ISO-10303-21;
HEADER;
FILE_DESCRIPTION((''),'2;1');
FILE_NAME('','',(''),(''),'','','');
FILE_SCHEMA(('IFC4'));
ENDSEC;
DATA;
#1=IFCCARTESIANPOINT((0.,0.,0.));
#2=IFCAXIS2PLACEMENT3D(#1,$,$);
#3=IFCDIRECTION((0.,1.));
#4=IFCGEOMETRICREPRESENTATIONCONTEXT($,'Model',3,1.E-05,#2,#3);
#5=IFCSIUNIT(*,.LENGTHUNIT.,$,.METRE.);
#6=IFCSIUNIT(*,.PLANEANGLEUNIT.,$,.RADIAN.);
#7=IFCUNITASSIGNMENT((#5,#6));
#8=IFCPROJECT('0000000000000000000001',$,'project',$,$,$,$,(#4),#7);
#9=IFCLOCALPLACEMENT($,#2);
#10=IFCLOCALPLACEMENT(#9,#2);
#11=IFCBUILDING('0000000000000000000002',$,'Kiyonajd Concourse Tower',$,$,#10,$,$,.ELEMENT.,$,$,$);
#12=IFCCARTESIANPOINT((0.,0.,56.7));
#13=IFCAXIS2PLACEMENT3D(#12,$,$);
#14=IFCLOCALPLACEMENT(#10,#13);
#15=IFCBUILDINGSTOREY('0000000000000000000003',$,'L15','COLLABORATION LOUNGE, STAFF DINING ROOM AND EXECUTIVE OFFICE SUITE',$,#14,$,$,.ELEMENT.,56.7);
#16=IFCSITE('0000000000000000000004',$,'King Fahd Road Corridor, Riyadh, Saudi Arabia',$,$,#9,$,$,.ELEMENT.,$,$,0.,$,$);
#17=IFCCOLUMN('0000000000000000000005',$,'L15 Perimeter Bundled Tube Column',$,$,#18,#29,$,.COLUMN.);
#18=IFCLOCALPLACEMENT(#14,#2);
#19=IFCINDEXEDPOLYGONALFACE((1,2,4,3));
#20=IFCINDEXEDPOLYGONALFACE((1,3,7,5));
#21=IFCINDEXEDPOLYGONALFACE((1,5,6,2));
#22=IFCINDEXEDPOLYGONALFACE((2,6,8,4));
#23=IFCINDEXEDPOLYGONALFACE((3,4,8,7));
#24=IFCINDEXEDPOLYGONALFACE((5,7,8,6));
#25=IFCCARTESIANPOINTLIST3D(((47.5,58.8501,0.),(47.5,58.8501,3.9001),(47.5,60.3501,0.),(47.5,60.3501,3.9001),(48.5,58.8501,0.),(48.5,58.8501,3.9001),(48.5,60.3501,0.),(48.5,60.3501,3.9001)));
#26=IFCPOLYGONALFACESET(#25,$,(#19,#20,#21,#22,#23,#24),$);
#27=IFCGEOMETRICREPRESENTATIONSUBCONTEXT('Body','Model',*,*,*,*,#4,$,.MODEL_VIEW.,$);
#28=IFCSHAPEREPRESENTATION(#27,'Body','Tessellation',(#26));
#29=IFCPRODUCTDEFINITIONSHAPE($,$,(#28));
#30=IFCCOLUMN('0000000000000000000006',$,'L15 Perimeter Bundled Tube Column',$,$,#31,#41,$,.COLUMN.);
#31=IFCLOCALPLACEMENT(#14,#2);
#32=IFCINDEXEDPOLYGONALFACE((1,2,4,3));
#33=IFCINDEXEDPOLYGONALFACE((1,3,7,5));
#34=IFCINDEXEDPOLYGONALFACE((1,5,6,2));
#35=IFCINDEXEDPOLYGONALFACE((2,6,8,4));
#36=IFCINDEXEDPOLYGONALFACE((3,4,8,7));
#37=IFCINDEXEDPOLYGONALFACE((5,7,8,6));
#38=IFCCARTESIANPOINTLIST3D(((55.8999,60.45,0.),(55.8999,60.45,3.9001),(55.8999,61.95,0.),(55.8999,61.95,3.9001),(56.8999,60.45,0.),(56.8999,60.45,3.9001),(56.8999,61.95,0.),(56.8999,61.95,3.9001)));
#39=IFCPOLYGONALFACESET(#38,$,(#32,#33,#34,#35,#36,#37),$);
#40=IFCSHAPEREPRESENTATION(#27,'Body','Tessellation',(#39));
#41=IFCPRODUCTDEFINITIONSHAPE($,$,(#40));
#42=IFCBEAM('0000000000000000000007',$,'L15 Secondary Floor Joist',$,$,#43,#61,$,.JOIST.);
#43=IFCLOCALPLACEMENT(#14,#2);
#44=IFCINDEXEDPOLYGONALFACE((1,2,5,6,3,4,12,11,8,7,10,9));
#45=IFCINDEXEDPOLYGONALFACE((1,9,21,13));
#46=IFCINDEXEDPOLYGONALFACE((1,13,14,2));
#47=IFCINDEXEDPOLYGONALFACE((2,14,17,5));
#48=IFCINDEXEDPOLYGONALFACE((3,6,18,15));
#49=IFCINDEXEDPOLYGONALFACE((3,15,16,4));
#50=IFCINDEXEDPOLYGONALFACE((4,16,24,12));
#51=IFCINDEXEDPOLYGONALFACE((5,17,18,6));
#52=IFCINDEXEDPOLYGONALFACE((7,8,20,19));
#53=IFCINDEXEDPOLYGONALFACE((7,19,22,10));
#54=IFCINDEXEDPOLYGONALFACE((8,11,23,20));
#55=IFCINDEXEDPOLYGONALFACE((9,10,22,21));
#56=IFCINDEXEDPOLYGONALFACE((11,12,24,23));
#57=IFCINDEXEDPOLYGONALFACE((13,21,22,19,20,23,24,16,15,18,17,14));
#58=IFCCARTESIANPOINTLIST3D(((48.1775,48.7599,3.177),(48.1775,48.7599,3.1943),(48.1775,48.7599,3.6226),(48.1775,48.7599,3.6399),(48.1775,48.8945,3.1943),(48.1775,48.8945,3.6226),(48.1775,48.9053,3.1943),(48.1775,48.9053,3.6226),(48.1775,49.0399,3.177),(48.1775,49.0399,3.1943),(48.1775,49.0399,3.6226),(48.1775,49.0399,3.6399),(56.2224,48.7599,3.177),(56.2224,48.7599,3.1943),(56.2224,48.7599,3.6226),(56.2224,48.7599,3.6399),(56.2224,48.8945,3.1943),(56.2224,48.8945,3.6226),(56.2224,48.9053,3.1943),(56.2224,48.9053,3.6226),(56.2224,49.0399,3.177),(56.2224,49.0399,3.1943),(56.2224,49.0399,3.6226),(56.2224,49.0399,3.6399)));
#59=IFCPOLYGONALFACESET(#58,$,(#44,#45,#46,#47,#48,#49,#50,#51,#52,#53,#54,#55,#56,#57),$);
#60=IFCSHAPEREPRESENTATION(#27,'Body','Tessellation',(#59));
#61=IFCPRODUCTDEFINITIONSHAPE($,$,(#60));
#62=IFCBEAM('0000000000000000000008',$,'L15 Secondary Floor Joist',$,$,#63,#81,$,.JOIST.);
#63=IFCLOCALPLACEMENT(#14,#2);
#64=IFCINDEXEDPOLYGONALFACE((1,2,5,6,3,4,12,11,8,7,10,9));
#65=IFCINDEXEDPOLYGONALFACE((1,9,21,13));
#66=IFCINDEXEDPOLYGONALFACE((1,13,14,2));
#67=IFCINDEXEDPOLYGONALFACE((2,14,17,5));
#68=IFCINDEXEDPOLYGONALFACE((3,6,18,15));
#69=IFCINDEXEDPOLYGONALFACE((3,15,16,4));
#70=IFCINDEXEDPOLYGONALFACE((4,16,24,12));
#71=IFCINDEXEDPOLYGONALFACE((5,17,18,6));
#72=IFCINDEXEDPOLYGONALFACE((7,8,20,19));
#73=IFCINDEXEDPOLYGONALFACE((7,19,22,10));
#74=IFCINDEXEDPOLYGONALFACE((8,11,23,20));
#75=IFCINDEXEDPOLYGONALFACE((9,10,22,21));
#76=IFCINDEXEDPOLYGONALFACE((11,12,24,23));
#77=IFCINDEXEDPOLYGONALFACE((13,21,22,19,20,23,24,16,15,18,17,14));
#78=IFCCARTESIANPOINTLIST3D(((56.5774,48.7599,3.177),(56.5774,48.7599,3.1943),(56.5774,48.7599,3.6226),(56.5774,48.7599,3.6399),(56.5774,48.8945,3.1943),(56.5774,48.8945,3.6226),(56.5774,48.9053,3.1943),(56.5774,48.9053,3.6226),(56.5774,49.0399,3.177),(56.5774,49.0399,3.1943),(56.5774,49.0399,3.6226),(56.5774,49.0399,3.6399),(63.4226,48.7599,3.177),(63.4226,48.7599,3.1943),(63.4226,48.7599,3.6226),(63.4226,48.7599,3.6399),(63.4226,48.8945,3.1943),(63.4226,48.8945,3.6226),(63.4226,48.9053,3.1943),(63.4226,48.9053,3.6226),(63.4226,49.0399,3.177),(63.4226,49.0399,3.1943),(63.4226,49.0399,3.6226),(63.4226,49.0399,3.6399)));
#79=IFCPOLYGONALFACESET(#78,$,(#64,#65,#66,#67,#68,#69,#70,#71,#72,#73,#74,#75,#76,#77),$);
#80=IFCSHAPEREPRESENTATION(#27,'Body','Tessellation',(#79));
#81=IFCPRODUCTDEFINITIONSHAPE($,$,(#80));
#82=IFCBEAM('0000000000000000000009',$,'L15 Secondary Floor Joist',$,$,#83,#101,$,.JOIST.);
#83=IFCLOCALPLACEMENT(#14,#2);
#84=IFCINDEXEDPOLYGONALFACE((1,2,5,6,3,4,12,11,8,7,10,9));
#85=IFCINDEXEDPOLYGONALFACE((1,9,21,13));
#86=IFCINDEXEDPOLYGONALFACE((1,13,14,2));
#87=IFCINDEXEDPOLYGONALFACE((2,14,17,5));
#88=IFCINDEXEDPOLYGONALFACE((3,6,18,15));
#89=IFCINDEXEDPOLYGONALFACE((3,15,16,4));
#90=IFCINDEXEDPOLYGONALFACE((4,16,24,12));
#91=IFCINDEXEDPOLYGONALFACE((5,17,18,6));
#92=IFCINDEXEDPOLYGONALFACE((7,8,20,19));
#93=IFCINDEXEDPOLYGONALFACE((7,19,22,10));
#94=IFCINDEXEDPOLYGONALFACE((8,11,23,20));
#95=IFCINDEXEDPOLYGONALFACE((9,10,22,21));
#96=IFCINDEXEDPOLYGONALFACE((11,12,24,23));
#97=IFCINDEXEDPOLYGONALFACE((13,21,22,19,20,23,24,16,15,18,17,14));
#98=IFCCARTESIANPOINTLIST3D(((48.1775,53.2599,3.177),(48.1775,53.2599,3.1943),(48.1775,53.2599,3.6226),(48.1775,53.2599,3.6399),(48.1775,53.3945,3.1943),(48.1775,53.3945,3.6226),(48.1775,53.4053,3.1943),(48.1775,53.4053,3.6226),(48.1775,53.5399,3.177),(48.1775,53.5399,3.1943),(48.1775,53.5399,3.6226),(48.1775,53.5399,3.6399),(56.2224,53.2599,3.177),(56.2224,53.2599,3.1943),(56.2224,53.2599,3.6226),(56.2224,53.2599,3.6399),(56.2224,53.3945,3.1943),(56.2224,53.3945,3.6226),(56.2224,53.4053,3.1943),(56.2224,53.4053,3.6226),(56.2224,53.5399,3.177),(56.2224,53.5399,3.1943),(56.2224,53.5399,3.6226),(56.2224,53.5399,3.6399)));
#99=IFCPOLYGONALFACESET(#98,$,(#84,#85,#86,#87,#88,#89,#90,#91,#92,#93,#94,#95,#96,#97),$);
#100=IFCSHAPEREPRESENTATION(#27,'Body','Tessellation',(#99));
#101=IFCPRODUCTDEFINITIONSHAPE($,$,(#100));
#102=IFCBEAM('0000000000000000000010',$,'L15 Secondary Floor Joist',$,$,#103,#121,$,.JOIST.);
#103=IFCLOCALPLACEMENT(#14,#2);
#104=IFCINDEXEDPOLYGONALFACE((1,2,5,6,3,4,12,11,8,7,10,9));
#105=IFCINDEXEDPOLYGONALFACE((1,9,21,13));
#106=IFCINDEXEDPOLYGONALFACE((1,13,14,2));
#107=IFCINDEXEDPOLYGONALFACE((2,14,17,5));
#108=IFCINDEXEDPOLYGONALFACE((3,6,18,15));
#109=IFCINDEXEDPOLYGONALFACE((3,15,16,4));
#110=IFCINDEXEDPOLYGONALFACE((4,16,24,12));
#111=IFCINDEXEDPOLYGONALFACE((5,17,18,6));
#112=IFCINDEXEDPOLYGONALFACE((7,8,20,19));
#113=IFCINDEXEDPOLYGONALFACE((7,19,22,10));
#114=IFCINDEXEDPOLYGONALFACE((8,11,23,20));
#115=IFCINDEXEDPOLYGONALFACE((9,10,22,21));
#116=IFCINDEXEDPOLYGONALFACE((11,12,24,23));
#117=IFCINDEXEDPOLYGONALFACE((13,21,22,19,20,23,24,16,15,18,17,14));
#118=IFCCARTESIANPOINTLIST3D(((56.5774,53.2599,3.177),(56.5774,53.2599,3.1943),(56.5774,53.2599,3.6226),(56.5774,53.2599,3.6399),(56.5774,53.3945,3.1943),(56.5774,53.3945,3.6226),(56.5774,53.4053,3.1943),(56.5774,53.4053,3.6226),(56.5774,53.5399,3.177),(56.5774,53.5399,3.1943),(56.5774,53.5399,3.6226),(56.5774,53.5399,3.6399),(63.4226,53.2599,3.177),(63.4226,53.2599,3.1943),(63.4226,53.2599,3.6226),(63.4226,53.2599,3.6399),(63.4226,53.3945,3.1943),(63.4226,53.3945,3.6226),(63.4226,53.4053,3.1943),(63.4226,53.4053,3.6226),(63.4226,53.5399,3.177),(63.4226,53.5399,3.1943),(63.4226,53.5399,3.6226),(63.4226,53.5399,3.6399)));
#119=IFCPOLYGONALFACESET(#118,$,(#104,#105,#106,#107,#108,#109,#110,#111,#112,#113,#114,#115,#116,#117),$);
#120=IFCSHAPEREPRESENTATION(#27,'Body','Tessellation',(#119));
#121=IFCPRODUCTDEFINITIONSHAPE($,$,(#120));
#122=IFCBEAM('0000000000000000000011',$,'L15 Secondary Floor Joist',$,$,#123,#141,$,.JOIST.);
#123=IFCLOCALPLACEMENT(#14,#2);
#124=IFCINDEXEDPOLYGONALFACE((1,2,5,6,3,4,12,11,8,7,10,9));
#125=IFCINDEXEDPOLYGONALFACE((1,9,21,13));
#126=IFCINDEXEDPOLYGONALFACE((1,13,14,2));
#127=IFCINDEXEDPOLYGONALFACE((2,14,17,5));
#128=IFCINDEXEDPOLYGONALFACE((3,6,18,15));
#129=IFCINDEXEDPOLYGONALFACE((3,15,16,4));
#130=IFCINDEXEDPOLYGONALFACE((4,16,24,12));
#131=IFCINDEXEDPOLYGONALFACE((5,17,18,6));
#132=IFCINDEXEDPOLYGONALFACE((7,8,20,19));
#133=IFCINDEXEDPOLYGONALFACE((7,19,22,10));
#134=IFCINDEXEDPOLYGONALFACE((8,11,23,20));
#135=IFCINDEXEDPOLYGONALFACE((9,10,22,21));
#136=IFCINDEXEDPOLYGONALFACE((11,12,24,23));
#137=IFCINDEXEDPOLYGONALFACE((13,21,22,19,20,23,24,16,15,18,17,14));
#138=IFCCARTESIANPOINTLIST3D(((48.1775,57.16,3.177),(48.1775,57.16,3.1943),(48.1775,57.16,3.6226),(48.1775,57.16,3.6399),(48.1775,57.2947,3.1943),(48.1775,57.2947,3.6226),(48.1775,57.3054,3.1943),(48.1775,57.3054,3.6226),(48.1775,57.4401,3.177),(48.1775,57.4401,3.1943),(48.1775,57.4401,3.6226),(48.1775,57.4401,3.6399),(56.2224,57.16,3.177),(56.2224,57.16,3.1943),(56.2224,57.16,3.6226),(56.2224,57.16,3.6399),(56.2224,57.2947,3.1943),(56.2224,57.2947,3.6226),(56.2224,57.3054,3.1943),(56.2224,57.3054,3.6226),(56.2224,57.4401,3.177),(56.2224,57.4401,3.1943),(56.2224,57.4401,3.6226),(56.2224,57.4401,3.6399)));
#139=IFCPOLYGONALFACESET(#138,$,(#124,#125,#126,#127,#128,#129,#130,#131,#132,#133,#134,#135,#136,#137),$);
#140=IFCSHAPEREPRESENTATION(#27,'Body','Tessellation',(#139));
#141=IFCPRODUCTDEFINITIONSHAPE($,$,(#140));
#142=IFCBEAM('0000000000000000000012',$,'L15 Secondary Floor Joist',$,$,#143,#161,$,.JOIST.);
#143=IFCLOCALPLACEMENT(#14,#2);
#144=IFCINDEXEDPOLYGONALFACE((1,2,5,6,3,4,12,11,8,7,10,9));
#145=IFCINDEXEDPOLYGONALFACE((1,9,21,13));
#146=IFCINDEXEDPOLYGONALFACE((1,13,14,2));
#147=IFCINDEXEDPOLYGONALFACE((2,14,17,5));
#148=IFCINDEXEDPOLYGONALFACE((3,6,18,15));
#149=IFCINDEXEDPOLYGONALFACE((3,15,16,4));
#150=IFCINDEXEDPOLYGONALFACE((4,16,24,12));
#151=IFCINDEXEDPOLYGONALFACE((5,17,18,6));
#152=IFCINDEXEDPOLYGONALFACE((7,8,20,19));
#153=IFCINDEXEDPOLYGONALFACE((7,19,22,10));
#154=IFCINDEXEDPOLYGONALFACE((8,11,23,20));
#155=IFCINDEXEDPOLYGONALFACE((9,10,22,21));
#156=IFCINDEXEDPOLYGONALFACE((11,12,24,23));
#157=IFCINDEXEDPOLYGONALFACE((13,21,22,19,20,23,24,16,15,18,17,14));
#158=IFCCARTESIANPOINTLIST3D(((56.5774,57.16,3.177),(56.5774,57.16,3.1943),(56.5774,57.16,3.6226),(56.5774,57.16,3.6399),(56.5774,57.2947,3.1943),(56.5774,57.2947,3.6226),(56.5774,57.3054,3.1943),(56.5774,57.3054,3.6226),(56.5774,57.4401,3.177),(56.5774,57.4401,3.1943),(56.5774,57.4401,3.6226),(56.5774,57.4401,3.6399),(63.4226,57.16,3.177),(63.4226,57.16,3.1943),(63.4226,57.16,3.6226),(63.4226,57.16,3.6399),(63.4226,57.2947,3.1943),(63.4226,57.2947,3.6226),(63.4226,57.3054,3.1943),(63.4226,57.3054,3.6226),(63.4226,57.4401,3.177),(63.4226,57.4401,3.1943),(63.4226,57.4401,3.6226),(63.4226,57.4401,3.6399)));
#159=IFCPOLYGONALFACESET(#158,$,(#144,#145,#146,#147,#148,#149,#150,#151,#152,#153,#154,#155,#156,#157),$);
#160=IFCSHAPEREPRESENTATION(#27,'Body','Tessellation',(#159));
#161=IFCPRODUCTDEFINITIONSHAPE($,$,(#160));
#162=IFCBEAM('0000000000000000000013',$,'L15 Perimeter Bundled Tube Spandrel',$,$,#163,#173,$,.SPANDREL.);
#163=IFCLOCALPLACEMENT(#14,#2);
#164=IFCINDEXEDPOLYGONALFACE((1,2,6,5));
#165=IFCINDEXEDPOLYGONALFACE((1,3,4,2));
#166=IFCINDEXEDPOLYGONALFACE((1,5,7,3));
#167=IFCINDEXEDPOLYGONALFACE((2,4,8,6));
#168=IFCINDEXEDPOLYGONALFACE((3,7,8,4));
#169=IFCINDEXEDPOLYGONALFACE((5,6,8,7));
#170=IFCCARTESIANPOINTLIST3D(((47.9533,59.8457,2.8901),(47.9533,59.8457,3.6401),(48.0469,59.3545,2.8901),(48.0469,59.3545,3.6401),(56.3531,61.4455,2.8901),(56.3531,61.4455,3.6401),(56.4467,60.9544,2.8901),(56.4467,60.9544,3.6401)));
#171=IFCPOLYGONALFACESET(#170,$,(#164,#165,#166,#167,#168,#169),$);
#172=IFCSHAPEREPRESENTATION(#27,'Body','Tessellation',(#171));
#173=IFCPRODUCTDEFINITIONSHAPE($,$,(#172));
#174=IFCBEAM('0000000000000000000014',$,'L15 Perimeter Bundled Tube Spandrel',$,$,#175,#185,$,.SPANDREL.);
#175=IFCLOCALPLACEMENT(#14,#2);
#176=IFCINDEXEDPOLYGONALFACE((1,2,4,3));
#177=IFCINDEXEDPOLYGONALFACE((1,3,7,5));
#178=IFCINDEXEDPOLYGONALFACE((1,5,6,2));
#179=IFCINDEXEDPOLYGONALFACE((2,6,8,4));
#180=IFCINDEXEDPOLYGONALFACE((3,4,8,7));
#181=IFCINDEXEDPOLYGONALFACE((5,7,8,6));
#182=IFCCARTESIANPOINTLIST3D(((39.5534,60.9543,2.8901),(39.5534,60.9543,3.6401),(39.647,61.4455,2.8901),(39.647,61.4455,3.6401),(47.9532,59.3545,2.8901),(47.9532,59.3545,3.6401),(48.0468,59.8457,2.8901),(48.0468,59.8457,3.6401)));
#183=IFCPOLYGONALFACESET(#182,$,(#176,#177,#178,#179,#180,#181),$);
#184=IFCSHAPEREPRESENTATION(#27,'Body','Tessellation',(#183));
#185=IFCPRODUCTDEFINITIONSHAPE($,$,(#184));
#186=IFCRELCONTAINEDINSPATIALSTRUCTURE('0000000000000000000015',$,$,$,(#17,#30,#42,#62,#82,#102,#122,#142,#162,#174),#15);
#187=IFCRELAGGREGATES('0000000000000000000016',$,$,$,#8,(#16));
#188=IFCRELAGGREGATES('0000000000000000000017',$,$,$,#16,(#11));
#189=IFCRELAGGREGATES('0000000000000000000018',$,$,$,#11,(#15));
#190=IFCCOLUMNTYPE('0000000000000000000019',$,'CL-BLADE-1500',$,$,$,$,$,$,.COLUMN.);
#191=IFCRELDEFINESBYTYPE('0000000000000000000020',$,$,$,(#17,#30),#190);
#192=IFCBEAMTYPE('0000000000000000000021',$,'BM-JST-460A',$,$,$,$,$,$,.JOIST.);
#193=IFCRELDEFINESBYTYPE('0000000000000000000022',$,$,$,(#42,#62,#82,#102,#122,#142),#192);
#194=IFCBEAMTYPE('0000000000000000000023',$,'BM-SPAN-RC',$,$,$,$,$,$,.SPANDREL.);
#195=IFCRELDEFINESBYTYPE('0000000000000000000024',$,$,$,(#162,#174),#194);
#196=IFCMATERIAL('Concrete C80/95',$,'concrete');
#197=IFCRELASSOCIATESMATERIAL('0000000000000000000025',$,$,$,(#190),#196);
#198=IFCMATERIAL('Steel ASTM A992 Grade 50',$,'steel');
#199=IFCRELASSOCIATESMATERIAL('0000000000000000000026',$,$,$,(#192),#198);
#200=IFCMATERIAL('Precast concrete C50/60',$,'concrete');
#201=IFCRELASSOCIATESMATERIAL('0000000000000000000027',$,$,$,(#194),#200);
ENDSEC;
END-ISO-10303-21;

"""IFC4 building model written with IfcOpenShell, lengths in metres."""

from ifc_helpers import new_model, si_unit, direction, frame, origin, origin_2d, place, context, subcontext, project, spatial, rectangle, i_section, extrude, material, material_profile, profile_set, type_object, element, save


model = new_model("IFC4")

# Units and contexts
model_context = context("Model", 3, precision=1e-05, world=origin(), true_north=direction((0.0, 1.0)))
body_context = subcontext(model_context, "Body", "Model", "MODEL_VIEW")
ifc_project = project(units=[si_unit("LENGTHUNIT", "METRE"), si_unit("PLANEANGLEUNIT", "RADIAN")], contexts=[model_context])

# Site, building, storey
site_placement = place(None, origin())
site = spatial("IfcSite", under=ifc_project, at=site_placement, Name="King Fahd Road Corridor, Riyadh, Saudi Arabia", CompositionType="ELEMENT", RefElevation=0.0)
building_placement = place(site_placement, origin())
building = spatial("IfcBuilding", under=site, at=building_placement, Name="Kiyonajd Concourse Tower", CompositionType="ELEMENT")
storey_placement = place(building_placement, frame((0.0, 0.0, 56.7)))
storey = spatial("IfcBuildingStorey", under=building, at=storey_placement, Name="L15", Description="COLLABORATION LOUNGE, STAFF DINING ROOM AND EXECUTIVE OFFICE SUITE", CompositionType="ELEMENT", Elevation=56.7)

# Columns
ifc_material_1 = material(Name="Concrete C80/95", Category="concrete")
ifc_material_profile_1 = material_profile(ifc_material_1, rectangle(XDim=1.0, YDim=1.5, at=origin_2d()), Name="RC-1500x1000")
ifc_profile_set_1 = profile_set([ifc_material_profile_1], Name="Concrete C80/95")
column_type = type_object("IfcColumnType", Name="CL-BLADE-1500", PredefinedType="COLUMN", material=ifc_profile_set_1)
for number, where, z_axis, x_axis, name in (
    (1, (48.0, 59.6001, 0.0), (0.0, 0.0, 1.0), (1.0, 0.0, 0.0), "L15 Perimeter Bundled Tube Column"),
    (2, (56.3999, 61.2, 0.0), (0.0, 0.0, 1.0), (1.0, 0.0, 0.0), "L15 Perimeter Bundled Tube Column"),
):
    element("IfcColumn", number, at=place(storey_placement, frame(where, z_axis=z_axis, x_axis=x_axis)), inside=storey, type_object=column_type, Name=name, PredefinedType="COLUMN", context=body_context, shape_type="SweptSolid", body=[
        extrude(rectangle(XDim=1.0, YDim=1.5, at=origin_2d()), origin(), (0.0, 0.0, 1.0), 3.9001),
    ])

# Beams
ifc_material_2 = material(Name="Steel ASTM A992 Grade 50", Category="steel")
ifc_material_profile_2 = material_profile(ifc_material_2, i_section(OverallWidth=0.28, OverallDepth=0.4629, WebThickness=0.0107, FlangeThickness=0.0173, at=origin_2d()), Name="W460X113")
ifc_profile_set_2 = profile_set([ifc_material_profile_2], Name="Steel ASTM A992 Grade 50")
beam_type_1 = type_object("IfcBeamType", Name="BM-JST-460A", PredefinedType="JOIST", material=ifc_profile_set_2)
beam_1_placement = place(storey_placement, frame((48.1775, 48.8999, 3.4084), z_axis=(1.0, 0.0, 0.0), x_axis=(0.0, 1.0, 0.0)))
element("IfcBeam", 3, at=beam_1_placement, inside=storey, type_object=beam_type_1, Name="L15 Secondary Floor Joist", PredefinedType="JOIST", context=body_context, shape_type="SweptSolid", body=[
    extrude(i_section(OverallWidth=0.28, OverallDepth=0.4629, WebThickness=0.0107, FlangeThickness=0.0173, at=origin_2d()), origin(), (0.0, 0.0, 1.0), 8.0449),
])
beam_2_placement = place(storey_placement, frame((56.5774, 48.8999, 3.4084), z_axis=(1.0, 0.0, 0.0), x_axis=(0.0, 1.0, 0.0)))
element("IfcBeam", 4, at=beam_2_placement, inside=storey, type_object=beam_type_1, Name="L15 Secondary Floor Joist", PredefinedType="JOIST", context=body_context, shape_type="SweptSolid", body=[
    extrude(i_section(OverallWidth=0.28, OverallDepth=0.4629, WebThickness=0.0107, FlangeThickness=0.0173, at=origin_2d()), origin(), (0.0, 0.0, 1.0), 6.8452),
])
beam_3_placement = place(storey_placement, frame((48.1775, 53.3999, 3.4084), z_axis=(1.0, 0.0, 0.0), x_axis=(0.0, 1.0, 0.0)))
element("IfcBeam", 5, at=beam_3_placement, inside=storey, type_object=beam_type_1, Name="L15 Secondary Floor Joist", PredefinedType="JOIST", context=body_context, shape_type="SweptSolid", body=[
    extrude(i_section(OverallWidth=0.28, OverallDepth=0.4629, WebThickness=0.0107, FlangeThickness=0.0173, at=origin_2d()), origin(), (0.0, 0.0, 1.0), 8.0449),
])
beam_4_placement = place(storey_placement, frame((56.5774, 53.3999, 3.4084), z_axis=(1.0, 0.0, 0.0), x_axis=(0.0, 1.0, 0.0)))
element("IfcBeam", 6, at=beam_4_placement, inside=storey, type_object=beam_type_1, Name="L15 Secondary Floor Joist", PredefinedType="JOIST", context=body_context, shape_type="SweptSolid", body=[
    extrude(i_section(OverallWidth=0.28, OverallDepth=0.4629, WebThickness=0.0107, FlangeThickness=0.0173, at=origin_2d()), origin(), (0.0, 0.0, 1.0), 6.8452),
])
beam_5_placement = place(storey_placement, frame((48.1775, 57.3, 3.4084), z_axis=(1.0, 0.0, 0.0), x_axis=(0.0, 1.0, 0.0)))
element("IfcBeam", 7, at=beam_5_placement, inside=storey, type_object=beam_type_1, Name="L15 Secondary Floor Joist", PredefinedType="JOIST", context=body_context, shape_type="SweptSolid", body=[
    extrude(i_section(OverallWidth=0.28, OverallDepth=0.4629, WebThickness=0.0107, FlangeThickness=0.0173, at=origin_2d()), origin(), (0.0, 0.0, 1.0), 8.0449),
])
beam_6_placement = place(storey_placement, frame((56.5774, 57.3, 3.4084), z_axis=(1.0, 0.0, 0.0), x_axis=(0.0, 1.0, 0.0)))
element("IfcBeam", 8, at=beam_6_placement, inside=storey, type_object=beam_type_1, Name="L15 Secondary Floor Joist", PredefinedType="JOIST", context=body_context, shape_type="SweptSolid", body=[
    extrude(i_section(OverallWidth=0.28, OverallDepth=0.4629, WebThickness=0.0107, FlangeThickness=0.0173, at=origin_2d()), origin(), (0.0, 0.0, 1.0), 6.8452),
])
ifc_material_3 = material(Name="Precast concrete C50/60", Category="concrete")
ifc_material_profile_3 = material_profile(ifc_material_3, rectangle(XDim=0.5, YDim=0.75, at=origin_2d()), Name="RCBM-500x750")
ifc_profile_set_3 = profile_set([ifc_material_profile_3], Name="Precast concrete C50/60")
beam_type_2 = type_object("IfcBeamType", Name="BM-SPAN-RC", PredefinedType="SPANDREL", material=ifc_profile_set_3)
for number, where, z_axis, x_axis, name in (
    (9, (56.3999, 61.2, 3.2651), (-0.982341, -0.187098, 0.0), (0.187098, -0.982341, 0.0), "L15 Perimeter Bundled Tube Spandrel"),
    (10, (48.0, 59.6001, 3.2651), (-0.982341, 0.187098, 0.0), (-0.187098, -0.982341, 0.0), "L15 Perimeter Bundled Tube Spandrel"),
):
    element("IfcBeam", number, at=place(storey_placement, frame(where, z_axis=z_axis, x_axis=x_axis)), inside=storey, type_object=beam_type_2, Name=name, PredefinedType="SPANDREL", context=body_context, shape_type="SweptSolid", body=[
        extrude(rectangle(XDim=0.5, YDim=0.75, at=origin_2d()), origin(), (0.0, 0.0, 1.0), 8.5508),
    ])

save(model, "model.ifc")
